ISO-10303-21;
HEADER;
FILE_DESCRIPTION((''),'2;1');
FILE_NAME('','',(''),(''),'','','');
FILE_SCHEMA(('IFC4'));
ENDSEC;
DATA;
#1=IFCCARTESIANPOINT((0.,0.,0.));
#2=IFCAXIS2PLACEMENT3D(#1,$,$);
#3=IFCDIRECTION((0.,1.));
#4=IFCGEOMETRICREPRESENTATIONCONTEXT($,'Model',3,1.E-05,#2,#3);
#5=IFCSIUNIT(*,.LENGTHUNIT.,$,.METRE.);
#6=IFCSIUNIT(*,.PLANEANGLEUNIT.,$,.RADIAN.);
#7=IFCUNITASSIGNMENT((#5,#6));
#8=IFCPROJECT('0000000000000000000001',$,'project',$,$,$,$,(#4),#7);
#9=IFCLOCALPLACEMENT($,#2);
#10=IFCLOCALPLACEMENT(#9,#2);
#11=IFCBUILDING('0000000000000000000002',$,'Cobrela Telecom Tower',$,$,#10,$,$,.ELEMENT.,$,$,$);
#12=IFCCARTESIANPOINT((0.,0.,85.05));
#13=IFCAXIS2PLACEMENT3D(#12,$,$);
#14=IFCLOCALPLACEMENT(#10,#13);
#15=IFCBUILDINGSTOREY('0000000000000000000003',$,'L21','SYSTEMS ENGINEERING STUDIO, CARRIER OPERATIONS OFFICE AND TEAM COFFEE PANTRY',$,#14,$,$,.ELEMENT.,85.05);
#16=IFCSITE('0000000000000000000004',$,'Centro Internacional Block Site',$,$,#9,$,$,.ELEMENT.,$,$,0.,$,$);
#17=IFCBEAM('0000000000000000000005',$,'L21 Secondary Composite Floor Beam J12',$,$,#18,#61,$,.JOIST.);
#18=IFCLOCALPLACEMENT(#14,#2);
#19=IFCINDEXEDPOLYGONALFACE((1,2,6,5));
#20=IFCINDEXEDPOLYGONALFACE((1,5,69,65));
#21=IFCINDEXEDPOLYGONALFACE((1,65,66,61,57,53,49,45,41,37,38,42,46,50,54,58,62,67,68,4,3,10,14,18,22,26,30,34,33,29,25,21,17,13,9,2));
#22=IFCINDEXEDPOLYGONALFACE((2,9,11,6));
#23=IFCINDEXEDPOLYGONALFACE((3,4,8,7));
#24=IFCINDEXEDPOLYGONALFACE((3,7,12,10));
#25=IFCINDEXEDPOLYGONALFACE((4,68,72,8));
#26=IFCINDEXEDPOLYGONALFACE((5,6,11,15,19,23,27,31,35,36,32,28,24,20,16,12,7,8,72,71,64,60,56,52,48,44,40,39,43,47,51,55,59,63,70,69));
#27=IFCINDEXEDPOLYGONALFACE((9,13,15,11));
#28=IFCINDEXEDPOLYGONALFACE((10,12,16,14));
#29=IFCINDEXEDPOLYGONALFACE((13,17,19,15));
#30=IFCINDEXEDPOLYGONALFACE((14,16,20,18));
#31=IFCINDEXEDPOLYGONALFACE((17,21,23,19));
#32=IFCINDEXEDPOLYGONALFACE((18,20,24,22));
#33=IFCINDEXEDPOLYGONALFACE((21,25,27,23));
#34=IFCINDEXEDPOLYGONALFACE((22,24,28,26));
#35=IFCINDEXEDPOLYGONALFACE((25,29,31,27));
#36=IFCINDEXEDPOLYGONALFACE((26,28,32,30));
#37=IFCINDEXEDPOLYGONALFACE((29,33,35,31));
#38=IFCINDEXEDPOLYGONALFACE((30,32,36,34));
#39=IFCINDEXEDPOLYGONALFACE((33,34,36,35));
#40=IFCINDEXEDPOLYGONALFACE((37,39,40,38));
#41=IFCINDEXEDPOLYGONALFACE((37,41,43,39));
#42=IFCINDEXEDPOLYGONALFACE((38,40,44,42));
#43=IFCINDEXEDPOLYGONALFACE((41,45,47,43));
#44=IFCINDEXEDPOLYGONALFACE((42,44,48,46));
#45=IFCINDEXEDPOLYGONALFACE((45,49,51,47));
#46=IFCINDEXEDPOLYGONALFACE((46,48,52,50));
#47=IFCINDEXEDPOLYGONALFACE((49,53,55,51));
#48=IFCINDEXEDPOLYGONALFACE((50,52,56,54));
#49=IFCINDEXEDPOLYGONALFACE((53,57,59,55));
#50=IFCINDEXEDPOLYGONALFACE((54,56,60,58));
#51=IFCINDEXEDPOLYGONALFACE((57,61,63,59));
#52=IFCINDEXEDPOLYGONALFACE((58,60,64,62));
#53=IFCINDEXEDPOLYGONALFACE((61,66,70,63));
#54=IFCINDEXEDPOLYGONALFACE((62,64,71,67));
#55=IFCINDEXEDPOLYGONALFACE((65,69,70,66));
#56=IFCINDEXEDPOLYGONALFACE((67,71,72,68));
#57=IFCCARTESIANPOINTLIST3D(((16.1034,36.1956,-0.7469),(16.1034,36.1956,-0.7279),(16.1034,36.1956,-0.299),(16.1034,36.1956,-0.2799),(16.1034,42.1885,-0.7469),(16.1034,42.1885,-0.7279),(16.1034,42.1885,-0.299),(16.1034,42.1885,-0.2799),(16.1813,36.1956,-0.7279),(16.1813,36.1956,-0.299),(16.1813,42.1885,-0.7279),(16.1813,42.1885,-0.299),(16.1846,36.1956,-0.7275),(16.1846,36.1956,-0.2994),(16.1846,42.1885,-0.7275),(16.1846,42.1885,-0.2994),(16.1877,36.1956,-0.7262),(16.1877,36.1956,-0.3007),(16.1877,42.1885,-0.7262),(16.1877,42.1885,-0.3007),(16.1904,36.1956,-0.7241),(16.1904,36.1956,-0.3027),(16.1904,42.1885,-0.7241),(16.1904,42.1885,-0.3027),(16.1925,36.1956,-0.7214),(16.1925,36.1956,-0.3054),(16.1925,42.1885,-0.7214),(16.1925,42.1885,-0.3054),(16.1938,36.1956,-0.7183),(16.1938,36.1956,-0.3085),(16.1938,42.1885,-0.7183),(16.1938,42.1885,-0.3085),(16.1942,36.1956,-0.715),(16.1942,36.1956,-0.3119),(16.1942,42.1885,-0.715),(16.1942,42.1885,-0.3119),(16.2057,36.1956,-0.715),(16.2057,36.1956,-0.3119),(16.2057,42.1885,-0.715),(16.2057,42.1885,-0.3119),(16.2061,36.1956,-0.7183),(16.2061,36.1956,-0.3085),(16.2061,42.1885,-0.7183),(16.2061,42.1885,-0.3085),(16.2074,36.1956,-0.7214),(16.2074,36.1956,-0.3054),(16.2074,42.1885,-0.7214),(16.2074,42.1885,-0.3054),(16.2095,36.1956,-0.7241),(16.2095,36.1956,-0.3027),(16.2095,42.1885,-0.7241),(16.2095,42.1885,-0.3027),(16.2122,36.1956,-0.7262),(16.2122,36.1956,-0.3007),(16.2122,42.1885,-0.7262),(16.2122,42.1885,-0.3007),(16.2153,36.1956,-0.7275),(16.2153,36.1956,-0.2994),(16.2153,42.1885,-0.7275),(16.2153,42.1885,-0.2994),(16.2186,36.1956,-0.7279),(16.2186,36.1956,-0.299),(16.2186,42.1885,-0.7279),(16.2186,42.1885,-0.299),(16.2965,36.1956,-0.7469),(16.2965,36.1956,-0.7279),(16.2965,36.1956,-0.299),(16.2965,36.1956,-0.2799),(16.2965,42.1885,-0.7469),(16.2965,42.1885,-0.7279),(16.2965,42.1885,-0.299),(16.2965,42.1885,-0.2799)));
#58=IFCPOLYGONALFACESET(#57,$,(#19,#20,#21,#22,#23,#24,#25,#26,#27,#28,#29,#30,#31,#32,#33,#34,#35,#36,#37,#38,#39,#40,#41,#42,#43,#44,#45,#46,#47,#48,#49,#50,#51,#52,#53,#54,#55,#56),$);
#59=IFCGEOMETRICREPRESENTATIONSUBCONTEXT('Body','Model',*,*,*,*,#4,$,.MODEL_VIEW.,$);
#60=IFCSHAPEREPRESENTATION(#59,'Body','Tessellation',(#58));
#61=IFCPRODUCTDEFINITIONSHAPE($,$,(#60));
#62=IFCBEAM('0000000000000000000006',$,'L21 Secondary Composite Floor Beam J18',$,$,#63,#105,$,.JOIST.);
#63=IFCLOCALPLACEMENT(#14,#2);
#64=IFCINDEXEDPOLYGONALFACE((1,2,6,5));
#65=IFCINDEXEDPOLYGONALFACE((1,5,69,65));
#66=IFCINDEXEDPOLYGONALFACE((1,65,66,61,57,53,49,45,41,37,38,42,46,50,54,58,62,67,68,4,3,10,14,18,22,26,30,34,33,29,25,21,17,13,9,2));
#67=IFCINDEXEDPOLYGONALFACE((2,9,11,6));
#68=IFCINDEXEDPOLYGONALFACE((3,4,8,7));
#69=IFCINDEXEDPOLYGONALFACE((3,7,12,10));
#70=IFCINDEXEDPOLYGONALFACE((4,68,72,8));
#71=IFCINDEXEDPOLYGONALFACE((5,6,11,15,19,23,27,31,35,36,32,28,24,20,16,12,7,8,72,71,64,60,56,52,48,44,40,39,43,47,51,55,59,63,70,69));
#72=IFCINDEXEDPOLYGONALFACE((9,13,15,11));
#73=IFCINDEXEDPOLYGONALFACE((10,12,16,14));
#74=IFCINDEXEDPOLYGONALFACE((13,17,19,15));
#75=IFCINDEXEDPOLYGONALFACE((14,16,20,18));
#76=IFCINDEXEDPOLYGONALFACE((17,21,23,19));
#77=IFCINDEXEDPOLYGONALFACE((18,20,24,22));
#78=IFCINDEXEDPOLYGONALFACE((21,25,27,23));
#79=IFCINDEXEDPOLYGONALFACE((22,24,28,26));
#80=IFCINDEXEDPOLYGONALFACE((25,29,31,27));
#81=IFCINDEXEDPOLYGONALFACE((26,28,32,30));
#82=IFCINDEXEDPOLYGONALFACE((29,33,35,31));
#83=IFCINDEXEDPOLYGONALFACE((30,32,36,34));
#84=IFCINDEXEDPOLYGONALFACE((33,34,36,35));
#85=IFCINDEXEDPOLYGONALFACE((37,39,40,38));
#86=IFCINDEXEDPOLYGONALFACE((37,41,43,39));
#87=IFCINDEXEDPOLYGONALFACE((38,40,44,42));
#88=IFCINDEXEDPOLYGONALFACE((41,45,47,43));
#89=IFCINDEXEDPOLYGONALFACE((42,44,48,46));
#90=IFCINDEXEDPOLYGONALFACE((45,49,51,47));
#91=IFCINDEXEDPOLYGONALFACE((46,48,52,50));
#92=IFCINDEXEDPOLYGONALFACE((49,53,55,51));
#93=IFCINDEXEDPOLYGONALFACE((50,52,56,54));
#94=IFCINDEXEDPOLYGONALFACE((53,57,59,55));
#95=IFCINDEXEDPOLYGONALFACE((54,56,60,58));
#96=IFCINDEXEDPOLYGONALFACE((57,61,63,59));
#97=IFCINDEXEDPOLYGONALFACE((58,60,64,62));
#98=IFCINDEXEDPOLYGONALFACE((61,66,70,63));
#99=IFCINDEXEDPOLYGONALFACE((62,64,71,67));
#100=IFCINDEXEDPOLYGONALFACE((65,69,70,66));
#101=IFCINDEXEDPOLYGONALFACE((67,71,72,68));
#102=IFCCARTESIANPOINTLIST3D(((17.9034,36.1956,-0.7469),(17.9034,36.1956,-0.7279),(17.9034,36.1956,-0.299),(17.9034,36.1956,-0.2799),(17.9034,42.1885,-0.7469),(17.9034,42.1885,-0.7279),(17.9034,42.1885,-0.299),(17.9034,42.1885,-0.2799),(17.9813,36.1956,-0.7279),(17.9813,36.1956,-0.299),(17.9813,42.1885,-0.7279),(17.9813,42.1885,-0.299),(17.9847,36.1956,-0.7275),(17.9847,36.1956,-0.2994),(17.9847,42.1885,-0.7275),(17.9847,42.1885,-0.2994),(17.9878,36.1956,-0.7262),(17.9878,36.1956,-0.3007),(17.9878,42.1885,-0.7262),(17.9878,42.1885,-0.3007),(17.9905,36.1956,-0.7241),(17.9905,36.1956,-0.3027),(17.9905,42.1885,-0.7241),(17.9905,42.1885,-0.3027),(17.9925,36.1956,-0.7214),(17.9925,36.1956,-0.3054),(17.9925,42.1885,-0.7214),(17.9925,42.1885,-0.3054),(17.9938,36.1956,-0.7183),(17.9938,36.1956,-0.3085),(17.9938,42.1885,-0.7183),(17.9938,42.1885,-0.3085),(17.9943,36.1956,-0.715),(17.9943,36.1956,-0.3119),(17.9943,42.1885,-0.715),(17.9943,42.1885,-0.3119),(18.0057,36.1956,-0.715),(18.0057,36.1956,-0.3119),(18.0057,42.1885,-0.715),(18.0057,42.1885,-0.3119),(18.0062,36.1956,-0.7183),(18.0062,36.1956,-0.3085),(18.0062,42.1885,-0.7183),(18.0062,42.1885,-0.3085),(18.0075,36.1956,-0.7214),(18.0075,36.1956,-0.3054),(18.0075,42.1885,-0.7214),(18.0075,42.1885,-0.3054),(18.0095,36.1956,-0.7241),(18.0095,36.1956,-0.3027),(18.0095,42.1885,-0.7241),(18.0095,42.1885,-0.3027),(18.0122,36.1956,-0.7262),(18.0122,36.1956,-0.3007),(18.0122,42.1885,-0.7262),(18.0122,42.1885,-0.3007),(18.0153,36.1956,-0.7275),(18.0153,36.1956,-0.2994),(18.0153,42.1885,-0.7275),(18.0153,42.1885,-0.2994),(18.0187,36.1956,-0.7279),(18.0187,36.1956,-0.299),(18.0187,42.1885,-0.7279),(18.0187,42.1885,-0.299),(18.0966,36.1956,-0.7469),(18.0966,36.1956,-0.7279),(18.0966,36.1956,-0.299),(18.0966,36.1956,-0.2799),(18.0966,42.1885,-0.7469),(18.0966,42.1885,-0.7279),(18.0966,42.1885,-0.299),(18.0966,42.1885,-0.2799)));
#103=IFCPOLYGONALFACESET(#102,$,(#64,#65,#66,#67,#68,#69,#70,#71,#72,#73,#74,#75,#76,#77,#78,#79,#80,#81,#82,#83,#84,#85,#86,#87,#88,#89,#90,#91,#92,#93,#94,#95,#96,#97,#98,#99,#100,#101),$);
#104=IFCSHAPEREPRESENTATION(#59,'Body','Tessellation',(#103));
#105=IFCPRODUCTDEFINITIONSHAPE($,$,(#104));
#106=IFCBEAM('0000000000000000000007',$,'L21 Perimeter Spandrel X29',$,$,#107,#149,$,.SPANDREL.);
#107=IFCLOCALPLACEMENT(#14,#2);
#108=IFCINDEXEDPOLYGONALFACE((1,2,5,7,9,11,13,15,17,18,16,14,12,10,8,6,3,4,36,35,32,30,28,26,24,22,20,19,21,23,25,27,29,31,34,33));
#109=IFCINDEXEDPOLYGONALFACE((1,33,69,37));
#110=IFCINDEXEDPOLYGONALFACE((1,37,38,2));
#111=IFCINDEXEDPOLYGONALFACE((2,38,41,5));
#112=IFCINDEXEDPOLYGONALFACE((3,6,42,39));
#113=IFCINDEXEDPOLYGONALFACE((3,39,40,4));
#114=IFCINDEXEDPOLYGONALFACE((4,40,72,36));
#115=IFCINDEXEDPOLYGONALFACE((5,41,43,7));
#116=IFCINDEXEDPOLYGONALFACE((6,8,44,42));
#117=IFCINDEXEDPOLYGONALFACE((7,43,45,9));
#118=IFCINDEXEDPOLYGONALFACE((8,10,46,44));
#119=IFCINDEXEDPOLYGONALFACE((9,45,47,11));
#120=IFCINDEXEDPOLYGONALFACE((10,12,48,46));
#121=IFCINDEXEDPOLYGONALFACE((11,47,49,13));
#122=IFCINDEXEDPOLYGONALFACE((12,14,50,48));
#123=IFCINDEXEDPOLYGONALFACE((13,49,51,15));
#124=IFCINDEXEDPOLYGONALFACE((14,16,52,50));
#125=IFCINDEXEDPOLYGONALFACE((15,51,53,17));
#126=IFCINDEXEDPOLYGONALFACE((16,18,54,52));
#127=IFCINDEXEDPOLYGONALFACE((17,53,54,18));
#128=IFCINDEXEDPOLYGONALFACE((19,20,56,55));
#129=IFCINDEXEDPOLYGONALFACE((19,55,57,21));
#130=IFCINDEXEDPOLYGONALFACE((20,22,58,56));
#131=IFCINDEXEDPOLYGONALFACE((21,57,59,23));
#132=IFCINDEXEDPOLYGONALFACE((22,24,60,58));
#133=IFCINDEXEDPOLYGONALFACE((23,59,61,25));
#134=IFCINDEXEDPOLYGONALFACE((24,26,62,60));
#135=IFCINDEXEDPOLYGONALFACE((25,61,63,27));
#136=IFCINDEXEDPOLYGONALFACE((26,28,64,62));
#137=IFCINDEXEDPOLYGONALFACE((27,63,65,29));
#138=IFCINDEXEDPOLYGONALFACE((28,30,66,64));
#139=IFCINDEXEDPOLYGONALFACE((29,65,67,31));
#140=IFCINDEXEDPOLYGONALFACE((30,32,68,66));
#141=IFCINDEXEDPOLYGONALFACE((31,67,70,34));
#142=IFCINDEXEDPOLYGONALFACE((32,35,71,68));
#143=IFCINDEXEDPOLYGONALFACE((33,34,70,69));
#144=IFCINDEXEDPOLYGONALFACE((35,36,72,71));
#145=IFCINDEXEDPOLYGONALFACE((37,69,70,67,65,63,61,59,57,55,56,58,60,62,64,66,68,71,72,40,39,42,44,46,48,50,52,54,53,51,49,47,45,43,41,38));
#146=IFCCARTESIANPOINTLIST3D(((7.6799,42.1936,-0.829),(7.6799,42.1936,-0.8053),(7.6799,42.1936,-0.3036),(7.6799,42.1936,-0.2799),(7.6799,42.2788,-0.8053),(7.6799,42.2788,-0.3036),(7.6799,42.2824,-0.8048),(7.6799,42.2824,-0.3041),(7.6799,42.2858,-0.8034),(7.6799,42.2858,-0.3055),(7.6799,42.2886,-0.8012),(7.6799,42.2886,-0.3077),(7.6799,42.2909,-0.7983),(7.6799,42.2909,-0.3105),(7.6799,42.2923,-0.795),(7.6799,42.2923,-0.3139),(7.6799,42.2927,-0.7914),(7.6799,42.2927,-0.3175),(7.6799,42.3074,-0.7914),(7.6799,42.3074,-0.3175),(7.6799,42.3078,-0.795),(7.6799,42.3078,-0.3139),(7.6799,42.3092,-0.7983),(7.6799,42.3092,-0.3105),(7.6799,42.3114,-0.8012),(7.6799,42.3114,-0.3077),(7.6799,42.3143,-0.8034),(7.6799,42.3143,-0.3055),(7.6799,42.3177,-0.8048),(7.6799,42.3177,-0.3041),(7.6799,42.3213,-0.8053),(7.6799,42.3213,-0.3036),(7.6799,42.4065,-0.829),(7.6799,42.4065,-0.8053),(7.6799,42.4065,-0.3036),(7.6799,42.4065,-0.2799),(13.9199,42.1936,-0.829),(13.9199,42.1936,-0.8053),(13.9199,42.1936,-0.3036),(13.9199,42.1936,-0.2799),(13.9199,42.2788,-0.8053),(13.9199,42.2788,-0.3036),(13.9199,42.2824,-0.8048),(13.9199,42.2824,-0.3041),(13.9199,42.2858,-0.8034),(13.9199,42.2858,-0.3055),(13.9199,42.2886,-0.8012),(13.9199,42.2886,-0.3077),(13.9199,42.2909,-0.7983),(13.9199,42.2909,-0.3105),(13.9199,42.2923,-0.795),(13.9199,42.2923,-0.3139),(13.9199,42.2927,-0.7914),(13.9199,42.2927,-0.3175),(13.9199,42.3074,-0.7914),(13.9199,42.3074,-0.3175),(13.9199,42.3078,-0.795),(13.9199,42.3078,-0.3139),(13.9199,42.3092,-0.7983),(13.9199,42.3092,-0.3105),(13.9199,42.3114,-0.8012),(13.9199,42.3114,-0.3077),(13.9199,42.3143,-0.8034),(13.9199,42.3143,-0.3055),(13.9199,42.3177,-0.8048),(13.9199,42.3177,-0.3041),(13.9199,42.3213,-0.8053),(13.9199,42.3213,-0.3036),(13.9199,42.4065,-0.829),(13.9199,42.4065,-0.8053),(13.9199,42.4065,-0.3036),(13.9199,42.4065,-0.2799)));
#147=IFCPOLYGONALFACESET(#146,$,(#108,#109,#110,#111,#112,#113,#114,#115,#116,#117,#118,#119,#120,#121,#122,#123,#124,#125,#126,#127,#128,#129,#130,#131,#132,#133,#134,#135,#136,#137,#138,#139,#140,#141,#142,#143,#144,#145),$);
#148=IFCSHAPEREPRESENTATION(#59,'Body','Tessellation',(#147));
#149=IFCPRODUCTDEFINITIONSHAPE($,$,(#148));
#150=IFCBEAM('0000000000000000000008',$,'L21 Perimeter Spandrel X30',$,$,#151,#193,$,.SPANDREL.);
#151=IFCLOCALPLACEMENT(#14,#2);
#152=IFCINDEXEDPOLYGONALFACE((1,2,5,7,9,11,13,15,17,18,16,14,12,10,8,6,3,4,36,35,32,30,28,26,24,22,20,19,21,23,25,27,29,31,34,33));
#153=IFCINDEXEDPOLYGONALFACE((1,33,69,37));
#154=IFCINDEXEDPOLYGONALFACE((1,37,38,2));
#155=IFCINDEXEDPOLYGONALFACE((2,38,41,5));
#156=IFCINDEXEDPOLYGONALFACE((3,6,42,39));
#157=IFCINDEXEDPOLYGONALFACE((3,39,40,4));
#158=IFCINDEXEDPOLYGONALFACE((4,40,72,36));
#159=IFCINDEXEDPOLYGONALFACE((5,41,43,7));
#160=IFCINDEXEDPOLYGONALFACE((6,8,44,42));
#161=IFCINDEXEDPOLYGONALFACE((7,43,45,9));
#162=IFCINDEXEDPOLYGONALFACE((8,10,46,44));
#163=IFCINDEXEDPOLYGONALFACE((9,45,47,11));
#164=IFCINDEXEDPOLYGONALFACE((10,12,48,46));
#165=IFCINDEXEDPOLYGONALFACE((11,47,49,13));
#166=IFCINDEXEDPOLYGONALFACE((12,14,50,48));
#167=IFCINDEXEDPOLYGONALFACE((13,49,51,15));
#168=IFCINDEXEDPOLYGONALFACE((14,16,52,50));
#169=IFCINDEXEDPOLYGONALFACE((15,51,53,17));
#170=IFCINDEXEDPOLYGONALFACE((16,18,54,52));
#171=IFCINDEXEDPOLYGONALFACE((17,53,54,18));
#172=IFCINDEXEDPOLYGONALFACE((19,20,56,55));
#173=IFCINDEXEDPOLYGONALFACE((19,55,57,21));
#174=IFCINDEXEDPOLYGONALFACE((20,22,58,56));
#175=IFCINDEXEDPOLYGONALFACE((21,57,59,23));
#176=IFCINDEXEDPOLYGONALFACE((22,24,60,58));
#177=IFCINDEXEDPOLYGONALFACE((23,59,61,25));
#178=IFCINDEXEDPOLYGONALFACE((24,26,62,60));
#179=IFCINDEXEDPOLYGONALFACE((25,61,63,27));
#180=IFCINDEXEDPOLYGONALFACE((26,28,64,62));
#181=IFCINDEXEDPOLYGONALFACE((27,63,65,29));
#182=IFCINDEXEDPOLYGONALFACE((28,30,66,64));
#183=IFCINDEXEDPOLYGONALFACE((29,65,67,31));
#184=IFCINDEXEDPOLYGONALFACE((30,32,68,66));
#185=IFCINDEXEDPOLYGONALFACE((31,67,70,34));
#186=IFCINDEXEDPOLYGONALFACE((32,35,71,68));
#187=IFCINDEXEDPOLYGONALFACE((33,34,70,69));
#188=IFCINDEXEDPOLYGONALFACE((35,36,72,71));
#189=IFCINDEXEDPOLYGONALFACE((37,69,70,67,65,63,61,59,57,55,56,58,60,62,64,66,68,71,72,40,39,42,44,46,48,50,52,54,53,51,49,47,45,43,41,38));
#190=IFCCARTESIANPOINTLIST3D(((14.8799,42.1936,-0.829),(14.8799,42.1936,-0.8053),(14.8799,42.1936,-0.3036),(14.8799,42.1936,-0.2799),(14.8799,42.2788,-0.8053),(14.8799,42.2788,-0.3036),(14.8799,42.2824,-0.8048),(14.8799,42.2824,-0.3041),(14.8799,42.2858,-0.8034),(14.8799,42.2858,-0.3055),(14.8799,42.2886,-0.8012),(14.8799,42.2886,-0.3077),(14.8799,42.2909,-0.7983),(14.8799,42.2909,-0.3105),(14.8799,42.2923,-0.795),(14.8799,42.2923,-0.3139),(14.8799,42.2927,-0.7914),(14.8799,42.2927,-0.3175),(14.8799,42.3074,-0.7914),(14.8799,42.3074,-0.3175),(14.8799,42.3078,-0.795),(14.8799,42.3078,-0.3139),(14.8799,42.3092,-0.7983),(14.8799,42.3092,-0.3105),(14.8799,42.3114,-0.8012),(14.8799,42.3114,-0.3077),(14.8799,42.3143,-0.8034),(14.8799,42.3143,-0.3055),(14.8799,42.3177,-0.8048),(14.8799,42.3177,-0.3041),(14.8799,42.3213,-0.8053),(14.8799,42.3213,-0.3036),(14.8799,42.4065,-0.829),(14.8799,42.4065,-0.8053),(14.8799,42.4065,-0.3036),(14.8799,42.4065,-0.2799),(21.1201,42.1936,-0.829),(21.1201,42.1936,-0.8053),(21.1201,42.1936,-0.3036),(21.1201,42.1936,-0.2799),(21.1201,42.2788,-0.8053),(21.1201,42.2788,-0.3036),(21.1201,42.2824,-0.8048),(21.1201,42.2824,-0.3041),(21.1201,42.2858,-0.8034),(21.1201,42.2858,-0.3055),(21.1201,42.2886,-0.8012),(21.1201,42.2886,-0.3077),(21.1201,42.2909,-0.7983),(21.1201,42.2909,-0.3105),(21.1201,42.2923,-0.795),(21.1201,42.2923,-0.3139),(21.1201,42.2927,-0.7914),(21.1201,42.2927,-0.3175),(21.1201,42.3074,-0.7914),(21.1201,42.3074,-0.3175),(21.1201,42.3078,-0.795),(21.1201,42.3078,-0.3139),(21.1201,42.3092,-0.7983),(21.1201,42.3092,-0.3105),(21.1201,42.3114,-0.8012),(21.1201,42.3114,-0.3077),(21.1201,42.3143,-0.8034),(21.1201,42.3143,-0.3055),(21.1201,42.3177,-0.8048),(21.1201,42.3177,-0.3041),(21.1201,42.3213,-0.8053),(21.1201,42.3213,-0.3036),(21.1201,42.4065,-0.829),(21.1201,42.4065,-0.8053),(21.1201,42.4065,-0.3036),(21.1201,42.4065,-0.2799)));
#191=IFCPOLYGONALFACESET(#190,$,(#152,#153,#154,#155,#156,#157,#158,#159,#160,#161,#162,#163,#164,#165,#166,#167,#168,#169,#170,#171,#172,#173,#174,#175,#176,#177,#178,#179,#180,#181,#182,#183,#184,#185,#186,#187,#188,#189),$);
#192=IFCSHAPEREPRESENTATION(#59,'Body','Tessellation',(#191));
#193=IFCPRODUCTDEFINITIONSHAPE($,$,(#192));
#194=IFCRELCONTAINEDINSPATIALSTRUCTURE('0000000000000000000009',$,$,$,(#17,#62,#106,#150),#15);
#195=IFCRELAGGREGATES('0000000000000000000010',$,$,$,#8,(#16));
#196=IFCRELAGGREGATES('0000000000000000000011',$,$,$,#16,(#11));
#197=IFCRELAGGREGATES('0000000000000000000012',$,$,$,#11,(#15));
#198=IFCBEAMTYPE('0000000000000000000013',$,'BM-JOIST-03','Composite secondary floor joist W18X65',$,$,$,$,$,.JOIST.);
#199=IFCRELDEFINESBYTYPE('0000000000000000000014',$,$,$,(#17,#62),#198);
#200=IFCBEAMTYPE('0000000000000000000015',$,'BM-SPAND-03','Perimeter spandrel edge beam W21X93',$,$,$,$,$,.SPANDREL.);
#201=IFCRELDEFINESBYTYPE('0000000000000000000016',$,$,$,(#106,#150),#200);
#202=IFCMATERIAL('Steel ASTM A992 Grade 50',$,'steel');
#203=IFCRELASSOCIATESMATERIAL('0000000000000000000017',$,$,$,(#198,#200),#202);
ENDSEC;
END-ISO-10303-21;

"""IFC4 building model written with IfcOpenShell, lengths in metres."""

from ifc_helpers import new_model, si_unit, direction, frame, origin, origin_2d, place, context, subcontext, project, spatial, i_section, extrude, material, material_profile, profile_set, type_object, element, save


model = new_model("IFC4")

# Units and contexts
model_context = context("Model", 3, precision=1e-05, world=origin(), true_north=direction((0.0, 1.0)))
body_context = subcontext(model_context, "Body", "Model", "MODEL_VIEW")
ifc_project = project(units=[si_unit("LENGTHUNIT", "METRE"), si_unit("PLANEANGLEUNIT", "RADIAN")], contexts=[model_context])

# Site, building, storey
site_placement = place(None, origin())
site = spatial("IfcSite", under=ifc_project, at=site_placement, Name="Centro Internacional Block Site", CompositionType="ELEMENT", RefElevation=0.0)
building_placement = place(site_placement, origin())
building = spatial("IfcBuilding", under=site, at=building_placement, Name="Cobrela Telecom Tower", CompositionType="ELEMENT")
storey_placement = place(building_placement, frame((0.0, 0.0, 85.05)))
storey = spatial("IfcBuildingStorey", under=building, at=storey_placement, Name="L21", Description="SYSTEMS ENGINEERING STUDIO, CARRIER OPERATIONS OFFICE AND TEAM COFFEE PANTRY", CompositionType="ELEMENT", Elevation=85.05)

# Beams
ifc_material_1 = material(Name="Steel ASTM A992 Grade 50", Category="steel")
ifc_material_profile_1 = material_profile(ifc_material_1, i_section(OverallWidth=0.1931, OverallDepth=0.467, WebThickness=0.0115, FlangeThickness=0.019, FilletRadius=0.0129, at=origin_2d()), Name="W18X65")
ifc_profile_set_1 = profile_set([ifc_material_profile_1], Name="Steel ASTM A992 Grade 50")
beam_type_1 = type_object("IfcBeamType", Name="BM-JOIST-03", Description="Composite secondary floor joist W18X65", PredefinedType="JOIST", material=ifc_profile_set_1)
for number, where, z_axis, x_axis, name in (
    (1, (16.2, 36.1956, -0.5134), (0.0, 1.0, 0.0), (-1.0, 0.0, 0.0), "L21 Secondary Composite Floor Beam J12"),
    (2, (18.0, 36.1956, -0.5134), (0.0, 1.0, 0.0), (-1.0, 0.0, 0.0), "L21 Secondary Composite Floor Beam J18"),
):
    element("IfcBeam", number, at=place(storey_placement, frame(where, z_axis=z_axis, x_axis=x_axis)), inside=storey, type_object=beam_type_1, Name=name, PredefinedType="JOIST", context=body_context, shape_type="SweptSolid", body=[
        extrude(i_section(OverallWidth=0.1931, OverallDepth=0.467, WebThickness=0.0115, FlangeThickness=0.019, FilletRadius=0.0129, at=origin_2d()), origin(), (0.0, 0.0, 1.0), 5.9929),
    ])
ifc_material_profile_2 = material_profile(ifc_material_1, i_section(OverallWidth=0.2129, OverallDepth=0.5491, WebThickness=0.0146, FlangeThickness=0.0237, FilletRadius=0.0139, at=origin_2d()), Name="W21X93")
ifc_profile_set_2 = profile_set([ifc_material_profile_2], Name="Steel ASTM A992 Grade 50")
beam_type_2 = type_object("IfcBeamType", Name="BM-SPAND-03", Description="Perimeter spandrel edge beam W21X93", PredefinedType="SPANDREL", material=ifc_profile_set_2)
beam_1_placement = place(storey_placement, frame((7.6799, 42.3, -0.5544), z_axis=(1.0, 0.0, 0.0), x_axis=(0.0, 1.0, 0.0)))
element("IfcBeam", 3, at=beam_1_placement, inside=storey, type_object=beam_type_2, Name="L21 Perimeter Spandrel X29", PredefinedType="SPANDREL", context=body_context, shape_type="SweptSolid", body=[
    extrude(i_section(OverallWidth=0.2129, OverallDepth=0.5491, WebThickness=0.0146, FlangeThickness=0.0237, FilletRadius=0.0139, at=origin_2d()), origin(), (0.0, 0.0, 1.0), 6.24),
])
beam_2_placement = place(storey_placement, frame((14.8799, 42.3, -0.5544), z_axis=(1.0, 0.0, 0.0), x_axis=(0.0, 1.0, 0.0)))
element("IfcBeam", 4, at=beam_2_placement, inside=storey, type_object=beam_type_2, Name="L21 Perimeter Spandrel X30", PredefinedType="SPANDREL", context=body_context, shape_type="SweptSolid", body=[
    extrude(i_section(OverallWidth=0.2129, OverallDepth=0.5491, WebThickness=0.0146, FlangeThickness=0.0237, FilletRadius=0.0139, at=origin_2d()), origin(), (0.0, 0.0, 1.0), 6.2402),
])

save(model, "model.ifc")
